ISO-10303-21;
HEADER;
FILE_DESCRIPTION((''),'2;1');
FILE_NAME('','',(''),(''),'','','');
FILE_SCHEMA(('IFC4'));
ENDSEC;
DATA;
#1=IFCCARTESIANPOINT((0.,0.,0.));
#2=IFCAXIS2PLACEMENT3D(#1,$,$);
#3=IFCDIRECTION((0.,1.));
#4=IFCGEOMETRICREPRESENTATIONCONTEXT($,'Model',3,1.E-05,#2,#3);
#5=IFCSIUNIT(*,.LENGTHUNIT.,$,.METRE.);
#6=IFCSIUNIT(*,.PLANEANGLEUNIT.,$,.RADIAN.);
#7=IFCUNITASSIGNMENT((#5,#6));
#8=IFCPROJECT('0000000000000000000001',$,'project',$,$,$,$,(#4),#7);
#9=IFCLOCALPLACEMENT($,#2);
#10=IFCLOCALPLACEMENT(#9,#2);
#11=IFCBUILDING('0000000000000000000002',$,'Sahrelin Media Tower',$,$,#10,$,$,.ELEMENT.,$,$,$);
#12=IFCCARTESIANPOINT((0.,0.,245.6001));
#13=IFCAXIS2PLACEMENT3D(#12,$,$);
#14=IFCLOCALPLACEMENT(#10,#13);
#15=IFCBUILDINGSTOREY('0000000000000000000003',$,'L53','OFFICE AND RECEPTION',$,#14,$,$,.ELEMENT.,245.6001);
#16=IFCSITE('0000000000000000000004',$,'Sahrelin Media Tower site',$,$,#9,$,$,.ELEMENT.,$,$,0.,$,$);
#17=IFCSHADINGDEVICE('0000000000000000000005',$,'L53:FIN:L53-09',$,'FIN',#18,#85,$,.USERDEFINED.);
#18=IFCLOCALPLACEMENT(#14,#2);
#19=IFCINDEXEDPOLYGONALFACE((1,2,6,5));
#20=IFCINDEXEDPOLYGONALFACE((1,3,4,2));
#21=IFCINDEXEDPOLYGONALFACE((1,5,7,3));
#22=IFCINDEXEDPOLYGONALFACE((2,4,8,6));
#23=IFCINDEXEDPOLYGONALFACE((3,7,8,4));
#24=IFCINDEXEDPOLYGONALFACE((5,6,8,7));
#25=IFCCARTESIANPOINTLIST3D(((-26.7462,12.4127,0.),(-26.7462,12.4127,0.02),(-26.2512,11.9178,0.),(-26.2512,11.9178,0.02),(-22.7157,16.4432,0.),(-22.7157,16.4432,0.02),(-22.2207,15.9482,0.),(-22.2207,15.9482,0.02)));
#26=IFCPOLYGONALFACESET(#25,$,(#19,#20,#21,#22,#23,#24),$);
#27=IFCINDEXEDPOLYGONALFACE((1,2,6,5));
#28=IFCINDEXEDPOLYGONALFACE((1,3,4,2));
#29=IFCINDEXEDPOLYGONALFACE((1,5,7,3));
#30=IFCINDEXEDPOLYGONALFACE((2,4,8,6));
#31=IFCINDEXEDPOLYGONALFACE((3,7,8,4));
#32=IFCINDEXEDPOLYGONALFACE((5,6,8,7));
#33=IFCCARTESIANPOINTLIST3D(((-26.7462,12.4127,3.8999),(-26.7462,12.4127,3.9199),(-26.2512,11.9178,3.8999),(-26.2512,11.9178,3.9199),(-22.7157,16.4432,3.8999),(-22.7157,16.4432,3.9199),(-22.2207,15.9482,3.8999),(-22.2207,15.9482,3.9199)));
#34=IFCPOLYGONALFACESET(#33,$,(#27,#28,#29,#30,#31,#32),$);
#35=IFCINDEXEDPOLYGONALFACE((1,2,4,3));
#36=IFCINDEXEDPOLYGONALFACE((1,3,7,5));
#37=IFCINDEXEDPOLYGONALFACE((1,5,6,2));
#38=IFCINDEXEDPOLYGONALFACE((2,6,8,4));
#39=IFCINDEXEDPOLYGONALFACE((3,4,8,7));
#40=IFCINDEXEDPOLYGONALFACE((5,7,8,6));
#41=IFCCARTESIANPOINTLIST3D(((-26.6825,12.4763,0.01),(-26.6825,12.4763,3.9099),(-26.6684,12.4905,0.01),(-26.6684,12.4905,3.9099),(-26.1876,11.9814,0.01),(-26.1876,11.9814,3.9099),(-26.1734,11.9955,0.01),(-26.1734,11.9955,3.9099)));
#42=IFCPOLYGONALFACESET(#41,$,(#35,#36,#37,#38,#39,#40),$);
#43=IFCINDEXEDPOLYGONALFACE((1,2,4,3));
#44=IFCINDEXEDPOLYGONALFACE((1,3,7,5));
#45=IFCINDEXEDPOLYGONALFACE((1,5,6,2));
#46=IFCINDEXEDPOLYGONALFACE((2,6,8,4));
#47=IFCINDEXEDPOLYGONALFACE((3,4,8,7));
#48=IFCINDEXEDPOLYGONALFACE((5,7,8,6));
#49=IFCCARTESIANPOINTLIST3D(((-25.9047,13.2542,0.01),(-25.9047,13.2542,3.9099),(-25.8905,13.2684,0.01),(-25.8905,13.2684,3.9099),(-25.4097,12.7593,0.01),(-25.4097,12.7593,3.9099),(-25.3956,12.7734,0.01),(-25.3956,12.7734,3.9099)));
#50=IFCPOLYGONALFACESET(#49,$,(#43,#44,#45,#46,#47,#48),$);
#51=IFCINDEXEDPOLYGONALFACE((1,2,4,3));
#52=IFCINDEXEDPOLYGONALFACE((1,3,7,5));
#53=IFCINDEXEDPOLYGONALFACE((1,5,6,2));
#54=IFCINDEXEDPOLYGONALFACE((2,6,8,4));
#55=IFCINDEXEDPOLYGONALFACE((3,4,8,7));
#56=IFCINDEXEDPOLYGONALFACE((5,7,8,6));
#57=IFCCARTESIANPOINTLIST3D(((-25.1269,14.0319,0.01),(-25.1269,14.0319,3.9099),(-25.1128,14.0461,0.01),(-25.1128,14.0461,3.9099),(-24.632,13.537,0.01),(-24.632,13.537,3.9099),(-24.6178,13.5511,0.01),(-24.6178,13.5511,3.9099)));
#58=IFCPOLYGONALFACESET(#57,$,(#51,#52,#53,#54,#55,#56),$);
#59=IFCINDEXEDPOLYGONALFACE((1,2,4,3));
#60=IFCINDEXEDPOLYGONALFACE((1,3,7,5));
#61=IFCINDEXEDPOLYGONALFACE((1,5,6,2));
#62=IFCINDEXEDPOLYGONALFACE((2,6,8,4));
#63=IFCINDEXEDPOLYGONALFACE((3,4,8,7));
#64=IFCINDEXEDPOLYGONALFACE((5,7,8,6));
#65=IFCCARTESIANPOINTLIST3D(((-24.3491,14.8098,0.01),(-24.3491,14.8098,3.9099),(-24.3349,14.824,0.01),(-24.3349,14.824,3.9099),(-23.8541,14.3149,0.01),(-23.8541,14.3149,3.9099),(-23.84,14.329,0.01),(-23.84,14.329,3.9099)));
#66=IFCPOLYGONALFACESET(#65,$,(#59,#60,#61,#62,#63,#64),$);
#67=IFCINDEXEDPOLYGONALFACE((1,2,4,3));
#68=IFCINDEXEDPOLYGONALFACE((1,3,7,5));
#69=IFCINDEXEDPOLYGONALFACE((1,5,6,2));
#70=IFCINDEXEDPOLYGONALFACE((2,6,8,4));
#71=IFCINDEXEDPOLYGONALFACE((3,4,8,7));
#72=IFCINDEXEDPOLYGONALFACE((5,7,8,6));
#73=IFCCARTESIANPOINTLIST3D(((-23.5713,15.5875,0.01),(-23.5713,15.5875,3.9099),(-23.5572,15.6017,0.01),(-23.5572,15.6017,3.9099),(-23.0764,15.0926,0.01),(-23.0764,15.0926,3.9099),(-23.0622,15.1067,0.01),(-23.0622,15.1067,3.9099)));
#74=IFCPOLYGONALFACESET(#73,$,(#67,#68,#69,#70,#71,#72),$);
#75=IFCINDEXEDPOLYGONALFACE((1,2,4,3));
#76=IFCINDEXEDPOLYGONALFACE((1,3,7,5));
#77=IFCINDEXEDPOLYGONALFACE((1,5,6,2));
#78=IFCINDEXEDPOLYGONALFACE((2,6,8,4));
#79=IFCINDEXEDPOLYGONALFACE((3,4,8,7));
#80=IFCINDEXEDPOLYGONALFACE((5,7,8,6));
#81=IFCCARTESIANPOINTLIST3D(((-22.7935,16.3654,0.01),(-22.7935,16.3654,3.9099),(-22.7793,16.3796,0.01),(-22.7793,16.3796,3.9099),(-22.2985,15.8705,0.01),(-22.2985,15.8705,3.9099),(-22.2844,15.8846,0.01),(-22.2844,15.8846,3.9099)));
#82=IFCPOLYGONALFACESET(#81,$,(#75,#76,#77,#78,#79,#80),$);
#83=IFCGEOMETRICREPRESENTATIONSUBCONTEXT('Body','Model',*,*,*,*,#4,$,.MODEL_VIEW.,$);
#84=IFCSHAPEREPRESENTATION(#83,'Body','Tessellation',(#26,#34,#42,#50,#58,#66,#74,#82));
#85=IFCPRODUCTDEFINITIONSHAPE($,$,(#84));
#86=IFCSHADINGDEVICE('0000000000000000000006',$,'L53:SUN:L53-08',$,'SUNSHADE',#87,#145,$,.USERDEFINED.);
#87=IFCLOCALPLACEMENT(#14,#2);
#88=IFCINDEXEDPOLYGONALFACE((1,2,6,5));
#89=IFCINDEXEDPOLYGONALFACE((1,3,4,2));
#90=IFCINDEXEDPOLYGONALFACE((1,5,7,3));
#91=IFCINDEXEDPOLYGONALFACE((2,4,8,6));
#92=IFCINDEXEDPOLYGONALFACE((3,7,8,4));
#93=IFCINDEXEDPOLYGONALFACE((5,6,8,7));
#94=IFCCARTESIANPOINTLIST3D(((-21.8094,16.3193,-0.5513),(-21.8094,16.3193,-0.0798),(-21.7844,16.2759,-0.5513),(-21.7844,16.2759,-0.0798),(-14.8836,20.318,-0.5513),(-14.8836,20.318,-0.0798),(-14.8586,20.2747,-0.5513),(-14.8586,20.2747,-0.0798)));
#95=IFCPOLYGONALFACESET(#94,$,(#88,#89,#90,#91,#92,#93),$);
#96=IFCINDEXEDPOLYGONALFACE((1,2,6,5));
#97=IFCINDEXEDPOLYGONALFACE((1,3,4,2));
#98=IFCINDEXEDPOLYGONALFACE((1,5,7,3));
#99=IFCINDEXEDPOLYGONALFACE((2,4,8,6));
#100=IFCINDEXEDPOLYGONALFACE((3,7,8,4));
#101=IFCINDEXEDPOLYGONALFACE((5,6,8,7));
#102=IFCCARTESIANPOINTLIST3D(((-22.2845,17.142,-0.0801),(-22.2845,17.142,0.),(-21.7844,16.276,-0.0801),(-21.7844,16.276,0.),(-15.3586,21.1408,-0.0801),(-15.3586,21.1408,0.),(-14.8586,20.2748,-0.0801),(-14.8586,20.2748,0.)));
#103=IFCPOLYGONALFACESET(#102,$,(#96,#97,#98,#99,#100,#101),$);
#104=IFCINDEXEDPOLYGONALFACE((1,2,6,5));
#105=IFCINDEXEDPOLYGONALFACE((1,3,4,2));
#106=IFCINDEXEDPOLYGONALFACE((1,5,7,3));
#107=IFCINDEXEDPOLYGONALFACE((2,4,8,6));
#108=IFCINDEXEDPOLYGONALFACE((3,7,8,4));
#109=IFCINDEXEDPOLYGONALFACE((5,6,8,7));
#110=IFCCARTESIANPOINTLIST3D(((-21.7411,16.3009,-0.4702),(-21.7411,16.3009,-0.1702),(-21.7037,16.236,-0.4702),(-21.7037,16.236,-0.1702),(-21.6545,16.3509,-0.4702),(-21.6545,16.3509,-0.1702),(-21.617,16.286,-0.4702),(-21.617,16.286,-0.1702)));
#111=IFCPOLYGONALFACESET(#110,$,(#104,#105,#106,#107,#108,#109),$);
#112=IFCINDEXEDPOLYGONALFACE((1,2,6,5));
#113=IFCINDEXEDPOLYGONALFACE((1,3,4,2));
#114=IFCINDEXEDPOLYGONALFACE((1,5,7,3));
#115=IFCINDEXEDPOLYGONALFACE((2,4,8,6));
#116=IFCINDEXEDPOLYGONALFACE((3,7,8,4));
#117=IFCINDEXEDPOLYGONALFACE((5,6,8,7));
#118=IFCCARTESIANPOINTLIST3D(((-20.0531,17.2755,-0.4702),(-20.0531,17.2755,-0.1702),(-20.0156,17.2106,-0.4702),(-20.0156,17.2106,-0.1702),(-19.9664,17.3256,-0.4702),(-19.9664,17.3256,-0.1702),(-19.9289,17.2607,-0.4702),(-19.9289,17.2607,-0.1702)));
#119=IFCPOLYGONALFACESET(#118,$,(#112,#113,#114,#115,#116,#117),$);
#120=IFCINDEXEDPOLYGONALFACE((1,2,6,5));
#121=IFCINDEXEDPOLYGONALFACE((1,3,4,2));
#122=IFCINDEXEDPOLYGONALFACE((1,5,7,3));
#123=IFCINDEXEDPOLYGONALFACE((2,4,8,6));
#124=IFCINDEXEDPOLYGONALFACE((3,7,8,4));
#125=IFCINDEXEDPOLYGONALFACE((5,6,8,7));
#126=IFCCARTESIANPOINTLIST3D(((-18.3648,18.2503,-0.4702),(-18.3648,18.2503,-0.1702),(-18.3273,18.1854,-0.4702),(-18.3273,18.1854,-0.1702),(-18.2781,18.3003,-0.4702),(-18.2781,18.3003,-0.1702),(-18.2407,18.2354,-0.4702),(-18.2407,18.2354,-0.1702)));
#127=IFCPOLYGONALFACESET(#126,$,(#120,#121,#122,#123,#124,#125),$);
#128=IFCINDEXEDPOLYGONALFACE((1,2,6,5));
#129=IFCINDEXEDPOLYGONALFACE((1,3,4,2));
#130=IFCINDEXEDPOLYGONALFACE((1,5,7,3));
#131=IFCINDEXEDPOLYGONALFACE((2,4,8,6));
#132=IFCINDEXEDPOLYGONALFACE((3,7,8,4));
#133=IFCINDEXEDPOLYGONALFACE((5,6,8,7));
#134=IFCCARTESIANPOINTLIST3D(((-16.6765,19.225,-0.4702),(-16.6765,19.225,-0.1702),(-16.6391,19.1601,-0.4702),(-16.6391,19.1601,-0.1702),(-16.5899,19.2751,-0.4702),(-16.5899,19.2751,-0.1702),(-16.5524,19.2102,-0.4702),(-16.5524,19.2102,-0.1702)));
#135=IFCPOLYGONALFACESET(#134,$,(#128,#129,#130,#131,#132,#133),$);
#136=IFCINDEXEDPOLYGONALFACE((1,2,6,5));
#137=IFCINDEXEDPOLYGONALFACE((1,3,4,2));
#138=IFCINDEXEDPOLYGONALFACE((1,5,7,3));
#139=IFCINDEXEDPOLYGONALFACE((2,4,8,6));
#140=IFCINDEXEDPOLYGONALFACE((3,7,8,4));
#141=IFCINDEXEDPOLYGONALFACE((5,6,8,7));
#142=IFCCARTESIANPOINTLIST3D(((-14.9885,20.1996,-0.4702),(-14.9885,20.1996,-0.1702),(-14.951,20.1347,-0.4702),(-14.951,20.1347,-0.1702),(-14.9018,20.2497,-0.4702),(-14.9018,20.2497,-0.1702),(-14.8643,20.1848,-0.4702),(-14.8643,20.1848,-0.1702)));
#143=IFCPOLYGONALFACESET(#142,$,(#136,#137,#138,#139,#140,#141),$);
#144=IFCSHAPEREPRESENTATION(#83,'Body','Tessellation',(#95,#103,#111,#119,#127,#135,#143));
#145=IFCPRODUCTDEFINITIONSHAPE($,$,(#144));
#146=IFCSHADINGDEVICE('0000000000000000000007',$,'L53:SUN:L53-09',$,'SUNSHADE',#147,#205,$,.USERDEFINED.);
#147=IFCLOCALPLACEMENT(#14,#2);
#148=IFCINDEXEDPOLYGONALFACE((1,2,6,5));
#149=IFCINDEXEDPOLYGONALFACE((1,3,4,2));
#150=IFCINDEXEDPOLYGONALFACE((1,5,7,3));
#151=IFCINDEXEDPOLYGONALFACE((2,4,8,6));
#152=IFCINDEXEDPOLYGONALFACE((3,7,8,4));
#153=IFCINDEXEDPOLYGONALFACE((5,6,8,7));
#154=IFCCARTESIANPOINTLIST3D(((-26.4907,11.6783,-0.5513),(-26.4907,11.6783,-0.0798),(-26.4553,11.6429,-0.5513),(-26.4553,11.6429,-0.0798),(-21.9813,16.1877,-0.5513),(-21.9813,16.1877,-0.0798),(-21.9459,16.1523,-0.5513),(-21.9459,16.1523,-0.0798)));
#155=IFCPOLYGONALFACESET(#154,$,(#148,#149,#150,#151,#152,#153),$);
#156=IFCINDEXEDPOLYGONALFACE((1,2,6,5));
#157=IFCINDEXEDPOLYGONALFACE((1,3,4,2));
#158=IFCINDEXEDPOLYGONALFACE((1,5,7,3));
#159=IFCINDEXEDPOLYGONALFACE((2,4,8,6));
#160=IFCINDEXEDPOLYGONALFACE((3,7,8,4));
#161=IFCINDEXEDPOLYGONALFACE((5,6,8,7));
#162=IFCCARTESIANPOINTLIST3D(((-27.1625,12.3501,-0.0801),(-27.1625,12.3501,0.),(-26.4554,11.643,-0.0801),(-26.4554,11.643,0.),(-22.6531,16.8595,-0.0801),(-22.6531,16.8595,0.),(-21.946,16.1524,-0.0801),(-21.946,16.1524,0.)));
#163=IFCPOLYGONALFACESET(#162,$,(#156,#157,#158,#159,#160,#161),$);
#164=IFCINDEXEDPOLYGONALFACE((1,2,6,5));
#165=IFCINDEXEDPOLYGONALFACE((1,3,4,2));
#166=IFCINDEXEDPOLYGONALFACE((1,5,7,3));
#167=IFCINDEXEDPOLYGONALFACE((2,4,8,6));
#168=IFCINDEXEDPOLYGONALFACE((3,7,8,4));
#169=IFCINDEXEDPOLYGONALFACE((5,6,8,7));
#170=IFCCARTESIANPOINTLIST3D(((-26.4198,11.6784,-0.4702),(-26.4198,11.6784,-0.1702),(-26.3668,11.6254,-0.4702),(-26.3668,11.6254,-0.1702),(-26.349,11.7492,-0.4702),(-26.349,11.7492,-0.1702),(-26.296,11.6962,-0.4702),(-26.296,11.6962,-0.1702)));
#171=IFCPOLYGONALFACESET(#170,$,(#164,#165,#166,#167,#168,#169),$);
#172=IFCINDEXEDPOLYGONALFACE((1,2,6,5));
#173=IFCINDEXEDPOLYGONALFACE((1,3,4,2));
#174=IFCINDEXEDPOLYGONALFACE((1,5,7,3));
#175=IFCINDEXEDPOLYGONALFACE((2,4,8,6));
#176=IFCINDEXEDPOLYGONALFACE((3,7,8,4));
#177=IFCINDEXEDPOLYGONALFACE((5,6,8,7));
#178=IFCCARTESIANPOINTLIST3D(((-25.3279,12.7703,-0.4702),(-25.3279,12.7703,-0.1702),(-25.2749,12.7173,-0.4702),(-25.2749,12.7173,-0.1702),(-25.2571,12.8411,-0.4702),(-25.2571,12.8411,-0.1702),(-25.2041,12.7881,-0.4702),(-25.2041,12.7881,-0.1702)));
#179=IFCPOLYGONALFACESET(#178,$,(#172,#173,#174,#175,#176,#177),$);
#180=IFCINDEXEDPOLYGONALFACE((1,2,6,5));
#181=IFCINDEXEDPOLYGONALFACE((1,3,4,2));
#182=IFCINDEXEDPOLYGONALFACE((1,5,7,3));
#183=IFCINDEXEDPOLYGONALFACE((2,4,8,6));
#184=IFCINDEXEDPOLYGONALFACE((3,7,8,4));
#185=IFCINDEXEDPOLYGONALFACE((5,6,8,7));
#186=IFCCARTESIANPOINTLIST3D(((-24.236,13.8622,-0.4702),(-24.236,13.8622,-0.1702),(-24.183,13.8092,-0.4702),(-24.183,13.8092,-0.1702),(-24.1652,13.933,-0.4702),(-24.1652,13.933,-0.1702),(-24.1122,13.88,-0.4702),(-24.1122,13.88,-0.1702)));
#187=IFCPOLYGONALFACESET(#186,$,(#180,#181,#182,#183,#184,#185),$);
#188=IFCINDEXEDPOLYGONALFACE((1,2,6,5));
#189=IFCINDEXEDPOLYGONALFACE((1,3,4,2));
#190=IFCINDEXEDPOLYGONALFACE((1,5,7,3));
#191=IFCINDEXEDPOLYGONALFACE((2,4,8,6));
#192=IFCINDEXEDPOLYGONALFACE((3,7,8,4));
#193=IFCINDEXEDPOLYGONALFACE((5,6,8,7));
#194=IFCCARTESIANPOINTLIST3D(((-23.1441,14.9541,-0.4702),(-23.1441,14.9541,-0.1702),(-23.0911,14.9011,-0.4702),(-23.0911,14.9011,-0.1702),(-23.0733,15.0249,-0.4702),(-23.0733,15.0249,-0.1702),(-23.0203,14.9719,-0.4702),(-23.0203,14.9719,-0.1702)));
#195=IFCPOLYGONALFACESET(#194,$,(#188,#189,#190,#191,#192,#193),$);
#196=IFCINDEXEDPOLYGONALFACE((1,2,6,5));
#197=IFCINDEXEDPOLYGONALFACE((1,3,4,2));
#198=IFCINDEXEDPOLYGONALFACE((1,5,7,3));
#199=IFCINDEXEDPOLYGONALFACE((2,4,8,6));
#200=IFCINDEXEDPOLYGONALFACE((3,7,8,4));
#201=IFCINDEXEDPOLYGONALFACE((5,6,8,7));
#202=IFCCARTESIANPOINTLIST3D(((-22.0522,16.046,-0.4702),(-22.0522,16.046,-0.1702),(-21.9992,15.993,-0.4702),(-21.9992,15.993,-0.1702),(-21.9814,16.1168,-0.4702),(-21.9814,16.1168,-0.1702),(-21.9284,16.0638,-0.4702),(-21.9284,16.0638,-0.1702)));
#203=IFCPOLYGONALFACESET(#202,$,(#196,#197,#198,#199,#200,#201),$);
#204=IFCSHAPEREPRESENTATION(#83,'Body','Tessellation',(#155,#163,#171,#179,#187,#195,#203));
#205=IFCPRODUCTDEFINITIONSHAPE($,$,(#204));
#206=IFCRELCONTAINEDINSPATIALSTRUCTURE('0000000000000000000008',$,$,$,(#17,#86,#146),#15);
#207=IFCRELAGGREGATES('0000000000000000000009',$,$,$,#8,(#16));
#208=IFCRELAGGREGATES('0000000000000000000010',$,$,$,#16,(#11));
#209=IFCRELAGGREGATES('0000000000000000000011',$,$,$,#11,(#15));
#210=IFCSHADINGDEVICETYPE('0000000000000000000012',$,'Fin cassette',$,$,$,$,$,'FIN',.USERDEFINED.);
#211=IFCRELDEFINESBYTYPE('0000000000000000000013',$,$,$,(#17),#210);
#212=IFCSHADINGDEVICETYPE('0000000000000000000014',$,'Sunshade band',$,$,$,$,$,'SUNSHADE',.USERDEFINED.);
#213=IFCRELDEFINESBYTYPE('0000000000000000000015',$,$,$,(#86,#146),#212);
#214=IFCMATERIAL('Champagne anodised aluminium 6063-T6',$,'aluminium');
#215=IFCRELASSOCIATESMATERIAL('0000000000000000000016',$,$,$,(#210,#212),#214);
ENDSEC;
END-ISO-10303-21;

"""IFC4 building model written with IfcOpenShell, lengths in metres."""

from ifc_helpers import new_model, si_unit, direction, frame, origin, origin_2d, place, context, subcontext, project, spatial, rectangle, extrude, material, type_object, element, save


model = new_model("IFC4")

# Units and contexts
model_context = context("Model", 3, precision=1e-05, world=origin(), true_north=direction((0.0, 1.0)))
body_context = subcontext(model_context, "Body", "Model", "MODEL_VIEW")
ifc_project = project(units=[si_unit("LENGTHUNIT", "METRE"), si_unit("PLANEANGLEUNIT", "RADIAN")], contexts=[model_context])

# Site, building, storey
site_placement = place(None, origin())
site = spatial("IfcSite", under=ifc_project, at=site_placement, Name="Sahrelin Media Tower site", CompositionType="ELEMENT", RefElevation=0.0)
building_placement = place(site_placement, origin())
building = spatial("IfcBuilding", under=site, at=building_placement, Name="Sahrelin Media Tower", CompositionType="ELEMENT")
storey_placement = place(building_placement, frame((0.0, 0.0, 245.6001)))
storey = spatial("IfcBuildingStorey", under=building, at=storey_placement, Name="L53", Description="OFFICE AND RECEPTION", CompositionType="ELEMENT", Elevation=245.6001)

# Shared definitions
ifc_material_1 = material(Name="Champagne anodised aluminium 6063-T6", Category="aluminium")

# Shading devices
shading_device_type_1 = type_object("IfcShadingDeviceType", Name="Fin cassette", ElementType="FIN", PredefinedType="USERDEFINED", material=ifc_material_1)
placement_1 = place(storey_placement, frame((-18.3115, 18.2581, 0.0), z_axis=(0.0, 0.0, 1.0), x_axis=(0.866019, 0.500011, 0.0)))
placement_2 = place(storey_placement, frame((-24.1865, 13.8835, 0.0), z_axis=(0.0, 0.0, 1.0), x_axis=(0.707107, 0.707107, 0.0)))
element("IfcShadingDevice", 1, at=placement_2, inside=storey, type_object=shading_device_type_1, Name="L53:FIN:L53-09", ObjectType="FIN", PredefinedType="USERDEFINED", context=body_context, shape_type="SweptSolid", body=[
    extrude(rectangle(XDim=5.7, YDim=0.7, at=origin_2d()), frame((0.0, 0.4199, 0.0)), (0.0, 0.0, 1.0), 0.02),
    extrude(rectangle(XDim=5.7, YDim=0.7, at=origin_2d()), frame((0.0, 0.4199, 3.8999)), (0.0, 0.0, 1.0), 0.02),
    extrude(rectangle(XDim=0.02, YDim=0.7, at=origin_2d()), frame((-2.75, 0.4199, 0.01), z_axis=(0.0, 0.0, 1.0), x_axis=(1.0, 0.0, 0.0)), (0.0, 0.0, 1.0), 3.8999),
    extrude(rectangle(XDim=0.02, YDim=0.7, at=origin_2d()), frame((-1.6499, 0.4199, 0.01), z_axis=(0.0, 0.0, 1.0), x_axis=(1.0, 0.0, 0.0)), (0.0, 0.0, 1.0), 3.8999),
    extrude(rectangle(XDim=0.02, YDim=0.7, at=origin_2d()), frame((-0.55, 0.4199, 0.01), z_axis=(0.0, 0.0, 1.0), x_axis=(1.0, 0.0, 0.0)), (0.0, 0.0, 1.0), 3.8999),
    extrude(rectangle(XDim=0.02, YDim=0.7, at=origin_2d()), frame((0.55, 0.4199, 0.01), z_axis=(0.0, 0.0, 1.0), x_axis=(1.0, 0.0, 0.0)), (0.0, 0.0, 1.0), 3.8999),
    extrude(rectangle(XDim=0.02, YDim=0.7, at=origin_2d()), frame((1.6499, 0.4199, 0.01), z_axis=(0.0, 0.0, 1.0), x_axis=(1.0, 0.0, 0.0)), (0.0, 0.0, 1.0), 3.8999),
    extrude(rectangle(XDim=0.02, YDim=0.7, at=origin_2d()), frame((2.75, 0.4199, 0.01), z_axis=(0.0, 0.0, 1.0), x_axis=(1.0, 0.0, 0.0)), (0.0, 0.0, 1.0), 3.8999),
])
shading_device_type_2 = type_object("IfcShadingDeviceType", Name="Sunshade band", ElementType="SUNSHADE", PredefinedType="USERDEFINED", material=ifc_material_1)
element("IfcShadingDevice", 2, at=placement_1, inside=storey, type_object=shading_device_type_2, Name="L53:SUN:L53-08", ObjectType="SUNSHADE", PredefinedType="USERDEFINED", context=body_context, shape_type="SweptSolid", body=[
    extrude(rectangle(XDim=7.9973, YDim=0.05, at=origin_2d()), frame((0.0, 0.0449, -0.5513)), (0.0, 0.0, 1.0), 0.4714),
    extrude(rectangle(XDim=7.9973, YDim=1.0, at=origin_2d()), frame((0.0, 0.52, -0.0801)), (0.0, 0.0, 1.0), 0.0801),
    extrude(rectangle(XDim=0.1001, YDim=0.075, at=origin_2d()), frame((-3.8987, -0.0176, -0.4702)), (0.0, 0.0, 1.0), 0.3),
    extrude(rectangle(XDim=0.1001, YDim=0.075, at=origin_2d()), frame((-1.9495, -0.0176, -0.4702)), (0.0, 0.0, 1.0), 0.3),
    extrude(rectangle(XDim=0.1001, YDim=0.075, at=origin_2d()), frame((0.0, -0.0176, -0.4702)), (0.0, 0.0, 1.0), 0.3),
    extrude(rectangle(XDim=0.1001, YDim=0.075, at=origin_2d()), frame((1.9495, -0.0176, -0.4702)), (0.0, 0.0, 1.0), 0.3),
    extrude(rectangle(XDim=0.1001, YDim=0.075, at=origin_2d()), frame((3.8987, -0.0176, -0.4702)), (0.0, 0.0, 1.0), 0.3),
])
element("IfcShadingDevice", 3, at=placement_2, inside=storey, type_object=shading_device_type_2, Name="L53:SUN:L53-09", ObjectType="SUNSHADE", PredefinedType="USERDEFINED", context=body_context, shape_type="SweptSolid", body=[
    extrude(rectangle(XDim=6.3772, YDim=0.05, at=origin_2d()), frame((0.0, 0.0449, -0.5513)), (0.0, 0.0, 1.0), 0.4714),
    extrude(rectangle(XDim=6.3772, YDim=1.0, at=origin_2d()), frame((0.0, 0.52, -0.0801)), (0.0, 0.0, 1.0), 0.0801),
    extrude(rectangle(XDim=0.1001, YDim=0.075, at=origin_2d()), frame((-3.0884, -0.0176, -0.4702)), (0.0, 0.0, 1.0), 0.3),
    extrude(rectangle(XDim=0.1001, YDim=0.075, at=origin_2d()), frame((-1.5442, -0.0176, -0.4702)), (0.0, 0.0, 1.0), 0.3),
    extrude(rectangle(XDim=0.1001, YDim=0.075, at=origin_2d()), frame((0.0, -0.0176, -0.4702)), (0.0, 0.0, 1.0), 0.3),
    extrude(rectangle(XDim=0.1001, YDim=0.075, at=origin_2d()), frame((1.5442, -0.0176, -0.4702)), (0.0, 0.0, 1.0), 0.3),
    extrude(rectangle(XDim=0.1001, YDim=0.075, at=origin_2d()), frame((3.0884, -0.0176, -0.4702)), (0.0, 0.0, 1.0), 0.3),
])

save(model, "model.ifc")
